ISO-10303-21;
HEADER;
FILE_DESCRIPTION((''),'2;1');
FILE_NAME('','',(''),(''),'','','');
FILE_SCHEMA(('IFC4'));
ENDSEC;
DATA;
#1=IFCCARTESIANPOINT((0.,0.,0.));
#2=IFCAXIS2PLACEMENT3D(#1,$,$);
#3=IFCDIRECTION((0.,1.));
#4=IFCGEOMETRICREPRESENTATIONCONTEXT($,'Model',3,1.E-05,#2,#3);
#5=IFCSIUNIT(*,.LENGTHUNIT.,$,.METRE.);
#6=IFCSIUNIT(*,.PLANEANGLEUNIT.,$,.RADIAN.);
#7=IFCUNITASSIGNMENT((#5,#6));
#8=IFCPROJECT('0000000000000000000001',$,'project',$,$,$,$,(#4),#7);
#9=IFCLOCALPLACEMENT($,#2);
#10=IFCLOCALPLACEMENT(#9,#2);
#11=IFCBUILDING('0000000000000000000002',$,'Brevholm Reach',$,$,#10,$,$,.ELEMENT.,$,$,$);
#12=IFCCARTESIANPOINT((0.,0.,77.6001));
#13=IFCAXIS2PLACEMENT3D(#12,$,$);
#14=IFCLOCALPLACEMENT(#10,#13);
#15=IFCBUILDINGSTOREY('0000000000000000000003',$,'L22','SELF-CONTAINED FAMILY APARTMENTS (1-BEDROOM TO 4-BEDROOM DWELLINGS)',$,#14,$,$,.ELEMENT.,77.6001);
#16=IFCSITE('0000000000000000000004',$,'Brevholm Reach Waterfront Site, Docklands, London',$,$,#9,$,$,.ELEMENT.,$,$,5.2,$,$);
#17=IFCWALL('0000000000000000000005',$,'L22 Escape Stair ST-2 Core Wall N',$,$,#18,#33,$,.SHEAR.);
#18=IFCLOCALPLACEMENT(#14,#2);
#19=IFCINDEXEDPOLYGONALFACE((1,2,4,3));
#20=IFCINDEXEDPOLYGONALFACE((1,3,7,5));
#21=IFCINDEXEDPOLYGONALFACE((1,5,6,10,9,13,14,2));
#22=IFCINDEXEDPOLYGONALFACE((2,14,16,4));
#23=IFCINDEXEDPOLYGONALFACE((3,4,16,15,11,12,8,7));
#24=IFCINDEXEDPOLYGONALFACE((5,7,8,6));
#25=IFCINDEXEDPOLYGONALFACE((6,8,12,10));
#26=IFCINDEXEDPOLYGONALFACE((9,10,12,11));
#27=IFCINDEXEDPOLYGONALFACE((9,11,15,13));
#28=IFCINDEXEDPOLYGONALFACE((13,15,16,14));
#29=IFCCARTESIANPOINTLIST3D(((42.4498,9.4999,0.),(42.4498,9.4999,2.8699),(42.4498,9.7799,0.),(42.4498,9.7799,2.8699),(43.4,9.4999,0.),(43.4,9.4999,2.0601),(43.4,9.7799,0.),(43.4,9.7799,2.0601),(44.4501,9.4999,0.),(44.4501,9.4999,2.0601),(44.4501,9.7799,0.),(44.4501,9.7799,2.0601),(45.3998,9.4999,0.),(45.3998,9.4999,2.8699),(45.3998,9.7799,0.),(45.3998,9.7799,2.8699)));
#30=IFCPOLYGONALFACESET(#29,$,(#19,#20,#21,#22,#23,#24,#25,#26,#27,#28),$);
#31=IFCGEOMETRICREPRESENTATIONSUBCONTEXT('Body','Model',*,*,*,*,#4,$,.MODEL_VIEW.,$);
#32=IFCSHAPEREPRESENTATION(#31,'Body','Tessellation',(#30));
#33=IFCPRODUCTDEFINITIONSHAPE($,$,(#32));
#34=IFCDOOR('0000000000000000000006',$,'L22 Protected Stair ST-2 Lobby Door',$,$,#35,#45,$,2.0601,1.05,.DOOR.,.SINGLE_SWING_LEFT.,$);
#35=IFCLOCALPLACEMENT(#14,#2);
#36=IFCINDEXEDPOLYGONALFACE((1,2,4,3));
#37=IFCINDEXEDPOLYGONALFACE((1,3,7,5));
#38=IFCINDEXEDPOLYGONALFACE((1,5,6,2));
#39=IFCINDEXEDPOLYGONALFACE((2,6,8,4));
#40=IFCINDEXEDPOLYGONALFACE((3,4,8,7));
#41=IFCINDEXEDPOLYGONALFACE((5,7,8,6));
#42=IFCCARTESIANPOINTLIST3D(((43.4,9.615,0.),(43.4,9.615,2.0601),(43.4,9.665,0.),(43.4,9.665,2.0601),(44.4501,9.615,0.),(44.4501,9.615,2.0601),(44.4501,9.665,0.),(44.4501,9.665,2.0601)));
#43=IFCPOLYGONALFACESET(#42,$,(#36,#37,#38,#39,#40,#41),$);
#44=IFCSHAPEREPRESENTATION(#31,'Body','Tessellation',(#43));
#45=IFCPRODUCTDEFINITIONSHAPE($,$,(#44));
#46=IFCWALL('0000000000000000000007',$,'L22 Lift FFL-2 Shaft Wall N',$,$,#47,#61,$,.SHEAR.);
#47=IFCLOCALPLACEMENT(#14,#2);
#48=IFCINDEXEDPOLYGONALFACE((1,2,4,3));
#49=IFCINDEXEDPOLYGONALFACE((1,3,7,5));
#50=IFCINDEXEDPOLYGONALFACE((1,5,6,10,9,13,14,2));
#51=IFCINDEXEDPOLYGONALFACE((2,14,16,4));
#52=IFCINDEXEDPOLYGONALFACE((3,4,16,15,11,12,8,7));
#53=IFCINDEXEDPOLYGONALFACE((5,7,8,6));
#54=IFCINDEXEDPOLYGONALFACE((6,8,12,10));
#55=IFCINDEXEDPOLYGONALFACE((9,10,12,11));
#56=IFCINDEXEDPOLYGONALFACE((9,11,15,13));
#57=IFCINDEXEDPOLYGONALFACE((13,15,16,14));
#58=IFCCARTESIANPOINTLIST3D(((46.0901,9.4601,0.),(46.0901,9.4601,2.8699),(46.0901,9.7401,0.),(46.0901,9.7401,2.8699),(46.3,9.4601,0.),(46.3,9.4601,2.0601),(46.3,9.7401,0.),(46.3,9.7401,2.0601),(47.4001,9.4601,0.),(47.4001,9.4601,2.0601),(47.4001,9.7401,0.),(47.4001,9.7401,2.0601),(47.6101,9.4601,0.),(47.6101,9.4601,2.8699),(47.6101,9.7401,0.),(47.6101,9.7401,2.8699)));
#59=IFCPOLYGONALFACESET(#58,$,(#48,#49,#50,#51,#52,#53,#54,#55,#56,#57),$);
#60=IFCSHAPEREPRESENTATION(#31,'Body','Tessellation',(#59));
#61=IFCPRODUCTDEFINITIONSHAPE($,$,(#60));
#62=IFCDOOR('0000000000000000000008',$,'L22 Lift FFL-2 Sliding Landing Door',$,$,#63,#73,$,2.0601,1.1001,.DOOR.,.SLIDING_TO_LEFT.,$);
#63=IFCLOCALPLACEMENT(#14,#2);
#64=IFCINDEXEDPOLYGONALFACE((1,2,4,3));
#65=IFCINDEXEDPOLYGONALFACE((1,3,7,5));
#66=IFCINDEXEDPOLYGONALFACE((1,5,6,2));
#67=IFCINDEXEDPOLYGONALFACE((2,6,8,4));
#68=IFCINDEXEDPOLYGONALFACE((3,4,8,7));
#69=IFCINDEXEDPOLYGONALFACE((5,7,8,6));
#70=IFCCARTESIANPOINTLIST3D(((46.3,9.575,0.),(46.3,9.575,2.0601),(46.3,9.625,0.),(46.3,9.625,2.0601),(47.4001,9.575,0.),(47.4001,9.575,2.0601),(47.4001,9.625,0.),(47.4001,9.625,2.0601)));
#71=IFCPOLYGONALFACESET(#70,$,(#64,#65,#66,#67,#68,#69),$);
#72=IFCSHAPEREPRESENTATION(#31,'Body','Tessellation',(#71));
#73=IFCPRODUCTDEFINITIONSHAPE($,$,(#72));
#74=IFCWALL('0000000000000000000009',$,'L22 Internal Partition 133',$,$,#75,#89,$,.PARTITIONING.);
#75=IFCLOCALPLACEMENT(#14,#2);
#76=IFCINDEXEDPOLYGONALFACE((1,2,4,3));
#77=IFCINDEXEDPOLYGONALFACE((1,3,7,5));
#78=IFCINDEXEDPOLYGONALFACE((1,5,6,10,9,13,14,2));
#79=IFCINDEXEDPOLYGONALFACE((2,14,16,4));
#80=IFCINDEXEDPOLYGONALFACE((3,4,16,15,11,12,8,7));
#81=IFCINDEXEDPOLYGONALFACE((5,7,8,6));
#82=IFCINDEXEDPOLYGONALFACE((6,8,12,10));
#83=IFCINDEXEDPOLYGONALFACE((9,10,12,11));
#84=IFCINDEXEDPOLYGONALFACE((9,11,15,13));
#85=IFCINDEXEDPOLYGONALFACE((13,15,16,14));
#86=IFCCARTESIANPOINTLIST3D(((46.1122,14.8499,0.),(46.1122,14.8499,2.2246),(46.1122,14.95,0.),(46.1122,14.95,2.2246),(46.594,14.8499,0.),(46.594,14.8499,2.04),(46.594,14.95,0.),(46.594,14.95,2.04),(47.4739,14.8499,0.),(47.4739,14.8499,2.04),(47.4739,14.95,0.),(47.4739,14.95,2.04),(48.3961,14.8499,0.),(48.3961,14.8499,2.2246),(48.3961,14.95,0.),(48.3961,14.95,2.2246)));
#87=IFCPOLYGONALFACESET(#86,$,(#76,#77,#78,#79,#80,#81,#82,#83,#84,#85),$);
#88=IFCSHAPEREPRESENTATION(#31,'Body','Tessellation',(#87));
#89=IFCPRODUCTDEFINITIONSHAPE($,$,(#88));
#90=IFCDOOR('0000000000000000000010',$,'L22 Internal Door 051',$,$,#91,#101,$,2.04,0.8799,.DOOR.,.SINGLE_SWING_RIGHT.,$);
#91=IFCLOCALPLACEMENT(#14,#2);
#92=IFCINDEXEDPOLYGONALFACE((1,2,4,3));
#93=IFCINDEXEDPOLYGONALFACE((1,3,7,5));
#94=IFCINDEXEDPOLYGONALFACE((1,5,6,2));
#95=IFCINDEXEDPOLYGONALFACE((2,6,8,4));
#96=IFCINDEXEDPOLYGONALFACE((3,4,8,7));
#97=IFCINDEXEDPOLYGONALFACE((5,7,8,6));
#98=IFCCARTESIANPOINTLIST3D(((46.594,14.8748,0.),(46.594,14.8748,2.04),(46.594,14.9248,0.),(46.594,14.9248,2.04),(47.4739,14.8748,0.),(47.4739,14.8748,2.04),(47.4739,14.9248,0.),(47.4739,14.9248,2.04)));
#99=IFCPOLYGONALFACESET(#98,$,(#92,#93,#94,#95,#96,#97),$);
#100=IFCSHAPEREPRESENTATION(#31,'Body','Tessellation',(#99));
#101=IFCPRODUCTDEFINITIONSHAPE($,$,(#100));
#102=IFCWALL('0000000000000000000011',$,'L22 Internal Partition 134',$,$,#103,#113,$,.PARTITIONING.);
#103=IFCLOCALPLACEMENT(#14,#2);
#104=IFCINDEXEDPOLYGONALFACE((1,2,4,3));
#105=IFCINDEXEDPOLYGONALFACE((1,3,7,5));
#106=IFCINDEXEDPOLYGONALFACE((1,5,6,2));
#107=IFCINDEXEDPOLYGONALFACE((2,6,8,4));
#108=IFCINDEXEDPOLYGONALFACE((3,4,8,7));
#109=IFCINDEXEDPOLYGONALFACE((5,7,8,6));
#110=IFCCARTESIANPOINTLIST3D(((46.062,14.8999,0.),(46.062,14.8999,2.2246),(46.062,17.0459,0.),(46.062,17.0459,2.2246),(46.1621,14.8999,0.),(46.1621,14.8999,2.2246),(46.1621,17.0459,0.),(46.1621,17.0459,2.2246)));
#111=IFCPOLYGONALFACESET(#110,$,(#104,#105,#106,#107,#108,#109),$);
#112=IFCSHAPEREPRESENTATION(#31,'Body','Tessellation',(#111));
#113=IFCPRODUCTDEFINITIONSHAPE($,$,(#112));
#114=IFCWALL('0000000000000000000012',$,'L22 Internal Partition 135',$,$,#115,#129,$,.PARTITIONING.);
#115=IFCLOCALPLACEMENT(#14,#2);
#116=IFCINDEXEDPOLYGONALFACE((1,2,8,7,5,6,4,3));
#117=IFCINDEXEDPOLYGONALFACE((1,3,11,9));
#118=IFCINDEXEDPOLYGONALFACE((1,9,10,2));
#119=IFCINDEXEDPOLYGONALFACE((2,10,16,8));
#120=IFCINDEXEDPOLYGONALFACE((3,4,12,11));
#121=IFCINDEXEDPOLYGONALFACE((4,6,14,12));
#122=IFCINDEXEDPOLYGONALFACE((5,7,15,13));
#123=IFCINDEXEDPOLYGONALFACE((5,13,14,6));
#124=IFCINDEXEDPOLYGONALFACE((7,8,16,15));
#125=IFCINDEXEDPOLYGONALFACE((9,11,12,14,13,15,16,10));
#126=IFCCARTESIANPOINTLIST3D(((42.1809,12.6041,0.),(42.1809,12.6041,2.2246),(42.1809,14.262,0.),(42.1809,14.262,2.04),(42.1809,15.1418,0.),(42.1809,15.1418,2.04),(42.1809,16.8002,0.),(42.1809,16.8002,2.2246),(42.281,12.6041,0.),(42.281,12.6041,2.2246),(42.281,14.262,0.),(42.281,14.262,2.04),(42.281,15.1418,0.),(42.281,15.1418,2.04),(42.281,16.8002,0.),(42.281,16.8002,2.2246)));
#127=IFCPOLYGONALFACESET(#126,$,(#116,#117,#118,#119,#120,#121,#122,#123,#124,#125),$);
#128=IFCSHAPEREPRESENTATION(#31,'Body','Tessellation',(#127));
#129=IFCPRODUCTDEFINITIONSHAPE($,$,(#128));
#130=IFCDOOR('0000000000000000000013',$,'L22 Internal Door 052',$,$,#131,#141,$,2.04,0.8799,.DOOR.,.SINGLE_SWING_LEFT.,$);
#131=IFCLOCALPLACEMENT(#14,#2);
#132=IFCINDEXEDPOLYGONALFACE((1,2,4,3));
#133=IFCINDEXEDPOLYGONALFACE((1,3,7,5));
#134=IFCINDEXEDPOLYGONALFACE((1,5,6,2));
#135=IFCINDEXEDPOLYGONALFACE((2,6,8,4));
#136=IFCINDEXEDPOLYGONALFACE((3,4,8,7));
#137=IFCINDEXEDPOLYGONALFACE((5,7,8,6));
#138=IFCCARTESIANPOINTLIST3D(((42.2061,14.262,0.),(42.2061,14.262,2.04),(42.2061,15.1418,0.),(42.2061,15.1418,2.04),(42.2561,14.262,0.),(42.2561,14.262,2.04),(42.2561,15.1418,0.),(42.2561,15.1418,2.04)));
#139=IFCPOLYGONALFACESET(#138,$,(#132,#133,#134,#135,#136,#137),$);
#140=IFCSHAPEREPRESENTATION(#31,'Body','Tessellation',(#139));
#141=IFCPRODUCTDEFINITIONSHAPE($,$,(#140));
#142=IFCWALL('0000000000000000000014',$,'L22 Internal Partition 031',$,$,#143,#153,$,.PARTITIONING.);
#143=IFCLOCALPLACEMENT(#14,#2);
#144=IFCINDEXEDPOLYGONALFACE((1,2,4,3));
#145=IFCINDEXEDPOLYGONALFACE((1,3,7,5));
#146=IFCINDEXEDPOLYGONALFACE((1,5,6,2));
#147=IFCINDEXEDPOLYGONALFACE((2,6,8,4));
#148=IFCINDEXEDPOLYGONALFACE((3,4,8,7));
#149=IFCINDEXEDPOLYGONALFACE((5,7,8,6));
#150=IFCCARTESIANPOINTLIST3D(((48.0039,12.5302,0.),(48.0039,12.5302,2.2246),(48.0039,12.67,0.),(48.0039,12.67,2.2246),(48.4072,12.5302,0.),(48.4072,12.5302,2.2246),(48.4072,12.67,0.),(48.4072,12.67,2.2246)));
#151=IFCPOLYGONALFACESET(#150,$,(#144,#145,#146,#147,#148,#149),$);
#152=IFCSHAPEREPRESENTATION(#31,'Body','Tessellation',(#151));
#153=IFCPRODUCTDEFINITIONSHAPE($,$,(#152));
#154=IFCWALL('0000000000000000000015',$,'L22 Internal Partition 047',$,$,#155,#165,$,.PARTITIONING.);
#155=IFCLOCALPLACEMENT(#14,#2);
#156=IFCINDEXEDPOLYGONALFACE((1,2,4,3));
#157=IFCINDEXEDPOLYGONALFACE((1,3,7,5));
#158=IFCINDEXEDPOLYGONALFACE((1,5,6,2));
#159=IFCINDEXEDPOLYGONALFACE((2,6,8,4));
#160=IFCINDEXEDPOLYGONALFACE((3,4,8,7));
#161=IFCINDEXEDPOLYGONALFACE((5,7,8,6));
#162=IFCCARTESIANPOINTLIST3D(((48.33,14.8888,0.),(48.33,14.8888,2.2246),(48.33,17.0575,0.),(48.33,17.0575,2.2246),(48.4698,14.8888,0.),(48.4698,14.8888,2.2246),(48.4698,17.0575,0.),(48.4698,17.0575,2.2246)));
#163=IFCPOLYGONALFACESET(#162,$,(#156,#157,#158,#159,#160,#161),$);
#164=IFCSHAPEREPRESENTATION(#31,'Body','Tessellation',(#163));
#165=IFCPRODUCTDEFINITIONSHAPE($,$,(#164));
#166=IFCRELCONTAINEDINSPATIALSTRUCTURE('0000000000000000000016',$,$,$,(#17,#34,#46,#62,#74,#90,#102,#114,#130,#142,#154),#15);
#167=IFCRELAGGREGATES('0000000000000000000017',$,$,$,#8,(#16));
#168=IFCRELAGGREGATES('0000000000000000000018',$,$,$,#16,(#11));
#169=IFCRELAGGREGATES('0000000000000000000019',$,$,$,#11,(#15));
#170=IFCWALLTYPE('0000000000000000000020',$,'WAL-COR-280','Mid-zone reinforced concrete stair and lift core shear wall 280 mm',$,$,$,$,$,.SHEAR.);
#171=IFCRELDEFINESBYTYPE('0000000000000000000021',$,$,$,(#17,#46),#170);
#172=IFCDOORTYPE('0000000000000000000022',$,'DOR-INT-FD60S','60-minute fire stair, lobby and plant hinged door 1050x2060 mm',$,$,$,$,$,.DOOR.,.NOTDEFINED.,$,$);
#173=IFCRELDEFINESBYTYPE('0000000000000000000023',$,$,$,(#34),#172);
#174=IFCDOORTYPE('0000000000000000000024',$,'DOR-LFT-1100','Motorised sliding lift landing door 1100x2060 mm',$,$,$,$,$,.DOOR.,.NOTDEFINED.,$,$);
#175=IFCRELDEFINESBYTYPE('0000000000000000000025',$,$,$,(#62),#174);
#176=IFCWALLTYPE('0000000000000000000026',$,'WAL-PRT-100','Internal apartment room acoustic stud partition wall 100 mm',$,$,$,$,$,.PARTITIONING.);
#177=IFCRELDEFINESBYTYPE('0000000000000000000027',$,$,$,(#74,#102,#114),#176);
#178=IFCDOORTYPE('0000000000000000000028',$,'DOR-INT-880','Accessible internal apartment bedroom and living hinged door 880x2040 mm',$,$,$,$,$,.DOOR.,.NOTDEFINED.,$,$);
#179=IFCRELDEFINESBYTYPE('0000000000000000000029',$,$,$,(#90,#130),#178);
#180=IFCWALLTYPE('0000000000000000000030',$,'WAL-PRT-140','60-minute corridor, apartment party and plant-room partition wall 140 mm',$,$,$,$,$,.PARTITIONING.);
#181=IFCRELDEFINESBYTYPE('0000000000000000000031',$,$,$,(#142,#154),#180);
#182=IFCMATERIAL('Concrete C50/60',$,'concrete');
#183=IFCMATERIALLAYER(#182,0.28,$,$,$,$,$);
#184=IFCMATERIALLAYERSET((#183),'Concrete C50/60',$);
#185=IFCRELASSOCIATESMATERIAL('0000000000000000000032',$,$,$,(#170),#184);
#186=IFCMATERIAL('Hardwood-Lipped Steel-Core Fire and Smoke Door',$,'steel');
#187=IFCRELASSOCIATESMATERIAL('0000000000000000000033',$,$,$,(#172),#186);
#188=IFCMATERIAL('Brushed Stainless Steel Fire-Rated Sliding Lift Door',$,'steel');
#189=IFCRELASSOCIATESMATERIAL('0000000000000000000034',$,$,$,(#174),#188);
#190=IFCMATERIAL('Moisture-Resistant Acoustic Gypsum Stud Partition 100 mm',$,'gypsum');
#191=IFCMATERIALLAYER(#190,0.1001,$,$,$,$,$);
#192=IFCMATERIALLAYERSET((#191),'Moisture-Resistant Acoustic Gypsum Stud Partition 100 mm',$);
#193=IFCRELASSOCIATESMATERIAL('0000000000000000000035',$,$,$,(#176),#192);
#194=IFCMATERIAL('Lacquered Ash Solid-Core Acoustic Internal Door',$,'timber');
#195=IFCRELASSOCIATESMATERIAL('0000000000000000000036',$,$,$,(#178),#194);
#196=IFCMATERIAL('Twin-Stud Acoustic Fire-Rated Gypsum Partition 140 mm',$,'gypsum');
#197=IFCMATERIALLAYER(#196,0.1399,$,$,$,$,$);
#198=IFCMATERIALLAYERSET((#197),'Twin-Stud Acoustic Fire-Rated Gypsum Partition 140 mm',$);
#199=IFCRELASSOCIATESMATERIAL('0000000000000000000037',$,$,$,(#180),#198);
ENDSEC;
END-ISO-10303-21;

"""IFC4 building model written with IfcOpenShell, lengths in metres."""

from ifc_helpers import new_model, si_unit, direction, frame, frame_2d, origin, place, context, subcontext, project, spatial, rectangle, extrude, material, layer, layer_set, type_object, element, fill, save


model = new_model("IFC4")

# Units and contexts
model_context = context("Model", 3, precision=1e-05, world=origin(), true_north=direction((0.0, 1.0)))
body_context = subcontext(model_context, "Body", "Model", "MODEL_VIEW")
ifc_project = project(units=[si_unit("LENGTHUNIT", "METRE"), si_unit("PLANEANGLEUNIT", "RADIAN")], contexts=[model_context])

# Site, building, storey
site_placement = place(None, origin())
site = spatial("IfcSite", under=ifc_project, at=site_placement, Name="Brevholm Reach Waterfront Site, Docklands, London", CompositionType="ELEMENT", RefElevation=5.2)
building_placement = place(site_placement, origin())
building = spatial("IfcBuilding", under=site, at=building_placement, Name="Brevholm Reach", CompositionType="ELEMENT")
storey_placement = place(building_placement, frame((0.0, 0.0, 77.6001)))
storey = spatial("IfcBuildingStorey", under=building, at=storey_placement, Name="L22", Description="SELF-CONTAINED FAMILY APARTMENTS (1-BEDROOM TO 4-BEDROOM DWELLINGS)", CompositionType="ELEMENT", Elevation=77.6001)

# Walls, openings, doors
ifc_material_1 = material(Name="Concrete C50/60", Category="concrete")
ifc_layer_1 = layer(ifc_material_1, 0.28)
ifc_layer_set_1 = layer_set([ifc_layer_1], Name="Concrete C50/60")
wall_type_1 = type_object("IfcWallType", Name="WAL-COR-280", Description="Mid-zone reinforced concrete stair and lift core shear wall 280 mm", PredefinedType="SHEAR", material=ifc_layer_set_1)
wall_1_placement = place(storey_placement, frame((45.3999, 9.6399, 0.0), z_axis=(0.0, 0.0, 1.0), x_axis=(-1.0, 0.0, 0.0)))
wall_1 = element("IfcWall", 1, at=wall_1_placement, inside=storey, type_object=wall_type_1, Name="L22 Escape Stair ST-2 Core Wall N", PredefinedType="SHEAR", context=body_context, shape_type="SweptSolid", body=[
    extrude(rectangle(XDim=2.95, YDim=0.28, at=frame_2d((1.4751, 0.0))), origin(), (0.0, 0.0, 1.0), 2.8699),
])
opening_1_placement = place(wall_1_placement, frame((0.95, 0.0, 0.0)))
opening_1 = element("IfcOpeningElement", 2, at=opening_1_placement, cuts=wall_1, PredefinedType="OPENING", context=body_context, shape_type="SweptSolid", body=[
    extrude(rectangle(XDim=1.05, YDim=2.0601, at=frame_2d((0.5249, 1.03))), frame((0.0, 0.1499, 0.0), z_axis=(0.0, -1.0, 0.0), x_axis=(1.0, 0.0, 0.0)), (0.0, 0.0, 1.0), 0.3),
])
ifc_material_2 = material(Name="Hardwood-Lipped Steel-Core Fire and Smoke Door", Category="steel")
door_type_1 = type_object("IfcDoorType", Name="DOR-INT-FD60S", Description="60-minute fire stair, lobby and plant hinged door 1050x2060 mm", OperationType="NOTDEFINED", PredefinedType="DOOR", material=ifc_material_2)
door_1_placement = place(opening_1_placement, origin())
door_1 = element("IfcDoor", 3, at=door_1_placement, inside=storey, type_object=door_type_1, Name="L22 Protected Stair ST-2 Lobby Door", OperationType="SINGLE_SWING_LEFT", OverallHeight=2.0601, OverallWidth=1.05, PredefinedType="DOOR", context=body_context, shape_type="SweptSolid", body=[
    extrude(rectangle(XDim=1.05, YDim=2.0601, at=frame_2d((0.5249, 1.03))), frame((0.0, 0.0249, 0.0), z_axis=(0.0, -1.0, 0.0), x_axis=(1.0, 0.0, 0.0)), (0.0, 0.0, 1.0), 0.05),
])
fill(opening_1, door_1)
wall_2_placement = place(storey_placement, frame((46.0901, 9.6001, 0.0), z_axis=(0.0, 0.0, 1.0), x_axis=(1.0, 0.0, 0.0)))
wall_2 = element("IfcWall", 4, at=wall_2_placement, inside=storey, type_object=wall_type_1, Name="L22 Lift FFL-2 Shaft Wall N", PredefinedType="SHEAR", context=body_context, shape_type="SweptSolid", body=[
    extrude(rectangle(XDim=1.52, YDim=0.28, at=frame_2d((0.76, 0.0))), origin(), (0.0, 0.0, 1.0), 2.8699),
])
opening_2_placement = place(wall_2_placement, frame((0.21, 0.0, 0.0)))
opening_2 = element("IfcOpeningElement", 5, at=opening_2_placement, cuts=wall_2, PredefinedType="OPENING", context=body_context, shape_type="SweptSolid", body=[
    extrude(rectangle(XDim=1.1001, YDim=2.0601, at=frame_2d((0.55, 1.03))), frame((0.0, 0.1499, 0.0), z_axis=(0.0, -1.0, 0.0), x_axis=(1.0, 0.0, 0.0)), (0.0, 0.0, 1.0), 0.3),
])
ifc_material_3 = material(Name="Brushed Stainless Steel Fire-Rated Sliding Lift Door", Category="steel")
door_type_2 = type_object("IfcDoorType", Name="DOR-LFT-1100", Description="Motorised sliding lift landing door 1100x2060 mm", OperationType="NOTDEFINED", PredefinedType="DOOR", material=ifc_material_3)
door_2_placement = place(opening_2_placement, origin())
door_2 = element("IfcDoor", 6, at=door_2_placement, inside=storey, type_object=door_type_2, Name="L22 Lift FFL-2 Sliding Landing Door", OperationType="SLIDING_TO_LEFT", OverallHeight=2.0601, OverallWidth=1.1001, PredefinedType="DOOR", context=body_context, shape_type="SweptSolid", body=[
    extrude(rectangle(XDim=1.1001, YDim=2.0601, at=frame_2d((0.55, 1.03))), frame((0.0, 0.0249, 0.0), z_axis=(0.0, -1.0, 0.0), x_axis=(1.0, 0.0, 0.0)), (0.0, 0.0, 1.0), 0.05),
])
fill(opening_2, door_2)
ifc_material_4 = material(Name="Moisture-Resistant Acoustic Gypsum Stud Partition 100 mm", Category="gypsum")
ifc_layer_2 = layer(ifc_material_4, 0.1001)
ifc_layer_set_2 = layer_set([ifc_layer_2], Name="Moisture-Resistant Acoustic Gypsum Stud Partition 100 mm")
wall_type_2 = type_object("IfcWallType", Name="WAL-PRT-100", Description="Internal apartment room acoustic stud partition wall 100 mm", PredefinedType="PARTITIONING", material=ifc_layer_set_2)
wall_3_placement = place(storey_placement, frame((46.1121, 14.8999, 0.0), z_axis=(0.0, 0.0, 1.0), x_axis=(1.0, 0.0, 0.0)))
wall_3 = element("IfcWall", 7, at=wall_3_placement, inside=storey, type_object=wall_type_2, Name="L22 Internal Partition 133", PredefinedType="PARTITIONING", context=body_context, shape_type="SweptSolid", body=[
    extrude(rectangle(XDim=2.2839, YDim=0.1001, at=frame_2d((1.1421, 0.0))), origin(), (0.0, 0.0, 1.0), 2.2246),
])
opening_3_placement = place(wall_3_placement, frame((0.4819, 0.0, 0.0)))
opening_3 = element("IfcOpeningElement", 8, at=opening_3_placement, cuts=wall_3, PredefinedType="OPENING", context=body_context, shape_type="SweptSolid", body=[
    extrude(rectangle(XDim=0.8799, YDim=2.04, at=frame_2d((0.4399, 1.02))), frame((0.0, 0.0601, 0.0), z_axis=(0.0, -1.0, 0.0), x_axis=(1.0, 0.0, 0.0)), (0.0, 0.0, 1.0), 0.1201),
])
ifc_material_5 = material(Name="Lacquered Ash Solid-Core Acoustic Internal Door", Category="timber")
door_type_3 = type_object("IfcDoorType", Name="DOR-INT-880", Description="Accessible internal apartment bedroom and living hinged door 880x2040 mm", OperationType="NOTDEFINED", PredefinedType="DOOR", material=ifc_material_5)
door_3_placement = place(opening_3_placement, origin())
door_3 = element("IfcDoor", 9, at=door_3_placement, inside=storey, type_object=door_type_3, Name="L22 Internal Door 051", OperationType="SINGLE_SWING_RIGHT", OverallHeight=2.04, OverallWidth=0.8799, PredefinedType="DOOR", context=body_context, shape_type="SweptSolid", body=[
    extrude(rectangle(XDim=0.8799, YDim=2.04, at=frame_2d((0.4399, 1.02))), frame((0.0, 0.0249, 0.0), z_axis=(0.0, -1.0, 0.0), x_axis=(1.0, 0.0, 0.0)), (0.0, 0.0, 1.0), 0.05),
])
fill(opening_3, door_3)

# Wall
wall_4_placement = place(storey_placement, frame((46.1121, 14.8999, 0.0), z_axis=(0.0, 0.0, 1.0), x_axis=(0.0, 1.0, 0.0)))
element("IfcWall", 10, at=wall_4_placement, inside=storey, type_object=wall_type_2, Name="L22 Internal Partition 134", PredefinedType="PARTITIONING", context=body_context, shape_type="SweptSolid", body=[
    extrude(rectangle(XDim=2.146, YDim=0.1001, at=frame_2d((1.073, 0.0))), origin(), (0.0, 0.0, 1.0), 2.2246),
])

# Wall, opening, door
wall_5_placement = place(storey_placement, frame((42.231, 12.604, 0.0), z_axis=(0.0, 0.0, 1.0), x_axis=(0.0, 1.0, 0.0)))
wall_5 = element("IfcWall", 11, at=wall_5_placement, inside=storey, type_object=wall_type_2, Name="L22 Internal Partition 135", PredefinedType="PARTITIONING", context=body_context, shape_type="SweptSolid", body=[
    extrude(rectangle(XDim=4.196, YDim=0.1001, at=frame_2d((2.0981, 0.0))), origin(), (0.0, 0.0, 1.0), 2.2246),
])
opening_4_placement = place(wall_5_placement, frame((1.658, 0.0, 0.0)))
opening_4 = element("IfcOpeningElement", 12, at=opening_4_placement, cuts=wall_5, PredefinedType="OPENING", context=body_context, shape_type="SweptSolid", body=[
    extrude(rectangle(XDim=0.8799, YDim=2.04, at=frame_2d((0.4399, 1.02))), frame((0.0, 0.0601, 0.0), z_axis=(0.0, -1.0, 0.0), x_axis=(1.0, 0.0, 0.0)), (0.0, 0.0, 1.0), 0.1201),
])
door_4_placement = place(opening_4_placement, origin())
door_4 = element("IfcDoor", 13, at=door_4_placement, inside=storey, type_object=door_type_3, Name="L22 Internal Door 052", OperationType="SINGLE_SWING_LEFT", OverallHeight=2.04, OverallWidth=0.8799, PredefinedType="DOOR", context=body_context, shape_type="SweptSolid", body=[
    extrude(rectangle(XDim=0.8799, YDim=2.04, at=frame_2d((0.4399, 1.02))), frame((0.0, 0.0249, 0.0), z_axis=(0.0, -1.0, 0.0), x_axis=(1.0, 0.0, 0.0)), (0.0, 0.0, 1.0), 0.05),
])
fill(opening_4, door_4)

# Walls
ifc_material_6 = material(Name="Twin-Stud Acoustic Fire-Rated Gypsum Partition 140 mm", Category="gypsum")
ifc_layer_3 = layer(ifc_material_6, 0.1399)
ifc_layer_set_3 = layer_set([ifc_layer_3], Name="Twin-Stud Acoustic Fire-Rated Gypsum Partition 140 mm")
wall_type_3 = type_object("IfcWallType", Name="WAL-PRT-140", Description="60-minute corridor, apartment party and plant-room partition wall 140 mm", PredefinedType="PARTITIONING", material=ifc_layer_set_3)
wall_6_placement = place(storey_placement, frame((48.0039, 12.6001, 0.0), z_axis=(0.0, 0.0, 1.0), x_axis=(1.0, 0.0, 0.0)))
element("IfcWall", 14, at=wall_6_placement, inside=storey, type_object=wall_type_3, Name="L22 Internal Partition 031", PredefinedType="PARTITIONING", context=body_context, shape_type="SweptSolid", body=[
    extrude(rectangle(XDim=0.4033, YDim=0.1399, at=frame_2d((0.2017, 0.0))), origin(), (0.0, 0.0, 1.0), 2.2246),
])
wall_7_placement = place(storey_placement, frame((48.3999, 14.8887, 0.0), z_axis=(0.0, 0.0, 1.0), x_axis=(0.0, 1.0, 0.0)))
element("IfcWall", 15, at=wall_7_placement, inside=storey, type_object=wall_type_3, Name="L22 Internal Partition 047", PredefinedType="PARTITIONING", context=body_context, shape_type="SweptSolid", body=[
    extrude(rectangle(XDim=2.1687, YDim=0.1399, at=frame_2d((1.0845, 0.0))), origin(), (0.0, 0.0, 1.0), 2.2246),
])

save(model, "model.ifc")
